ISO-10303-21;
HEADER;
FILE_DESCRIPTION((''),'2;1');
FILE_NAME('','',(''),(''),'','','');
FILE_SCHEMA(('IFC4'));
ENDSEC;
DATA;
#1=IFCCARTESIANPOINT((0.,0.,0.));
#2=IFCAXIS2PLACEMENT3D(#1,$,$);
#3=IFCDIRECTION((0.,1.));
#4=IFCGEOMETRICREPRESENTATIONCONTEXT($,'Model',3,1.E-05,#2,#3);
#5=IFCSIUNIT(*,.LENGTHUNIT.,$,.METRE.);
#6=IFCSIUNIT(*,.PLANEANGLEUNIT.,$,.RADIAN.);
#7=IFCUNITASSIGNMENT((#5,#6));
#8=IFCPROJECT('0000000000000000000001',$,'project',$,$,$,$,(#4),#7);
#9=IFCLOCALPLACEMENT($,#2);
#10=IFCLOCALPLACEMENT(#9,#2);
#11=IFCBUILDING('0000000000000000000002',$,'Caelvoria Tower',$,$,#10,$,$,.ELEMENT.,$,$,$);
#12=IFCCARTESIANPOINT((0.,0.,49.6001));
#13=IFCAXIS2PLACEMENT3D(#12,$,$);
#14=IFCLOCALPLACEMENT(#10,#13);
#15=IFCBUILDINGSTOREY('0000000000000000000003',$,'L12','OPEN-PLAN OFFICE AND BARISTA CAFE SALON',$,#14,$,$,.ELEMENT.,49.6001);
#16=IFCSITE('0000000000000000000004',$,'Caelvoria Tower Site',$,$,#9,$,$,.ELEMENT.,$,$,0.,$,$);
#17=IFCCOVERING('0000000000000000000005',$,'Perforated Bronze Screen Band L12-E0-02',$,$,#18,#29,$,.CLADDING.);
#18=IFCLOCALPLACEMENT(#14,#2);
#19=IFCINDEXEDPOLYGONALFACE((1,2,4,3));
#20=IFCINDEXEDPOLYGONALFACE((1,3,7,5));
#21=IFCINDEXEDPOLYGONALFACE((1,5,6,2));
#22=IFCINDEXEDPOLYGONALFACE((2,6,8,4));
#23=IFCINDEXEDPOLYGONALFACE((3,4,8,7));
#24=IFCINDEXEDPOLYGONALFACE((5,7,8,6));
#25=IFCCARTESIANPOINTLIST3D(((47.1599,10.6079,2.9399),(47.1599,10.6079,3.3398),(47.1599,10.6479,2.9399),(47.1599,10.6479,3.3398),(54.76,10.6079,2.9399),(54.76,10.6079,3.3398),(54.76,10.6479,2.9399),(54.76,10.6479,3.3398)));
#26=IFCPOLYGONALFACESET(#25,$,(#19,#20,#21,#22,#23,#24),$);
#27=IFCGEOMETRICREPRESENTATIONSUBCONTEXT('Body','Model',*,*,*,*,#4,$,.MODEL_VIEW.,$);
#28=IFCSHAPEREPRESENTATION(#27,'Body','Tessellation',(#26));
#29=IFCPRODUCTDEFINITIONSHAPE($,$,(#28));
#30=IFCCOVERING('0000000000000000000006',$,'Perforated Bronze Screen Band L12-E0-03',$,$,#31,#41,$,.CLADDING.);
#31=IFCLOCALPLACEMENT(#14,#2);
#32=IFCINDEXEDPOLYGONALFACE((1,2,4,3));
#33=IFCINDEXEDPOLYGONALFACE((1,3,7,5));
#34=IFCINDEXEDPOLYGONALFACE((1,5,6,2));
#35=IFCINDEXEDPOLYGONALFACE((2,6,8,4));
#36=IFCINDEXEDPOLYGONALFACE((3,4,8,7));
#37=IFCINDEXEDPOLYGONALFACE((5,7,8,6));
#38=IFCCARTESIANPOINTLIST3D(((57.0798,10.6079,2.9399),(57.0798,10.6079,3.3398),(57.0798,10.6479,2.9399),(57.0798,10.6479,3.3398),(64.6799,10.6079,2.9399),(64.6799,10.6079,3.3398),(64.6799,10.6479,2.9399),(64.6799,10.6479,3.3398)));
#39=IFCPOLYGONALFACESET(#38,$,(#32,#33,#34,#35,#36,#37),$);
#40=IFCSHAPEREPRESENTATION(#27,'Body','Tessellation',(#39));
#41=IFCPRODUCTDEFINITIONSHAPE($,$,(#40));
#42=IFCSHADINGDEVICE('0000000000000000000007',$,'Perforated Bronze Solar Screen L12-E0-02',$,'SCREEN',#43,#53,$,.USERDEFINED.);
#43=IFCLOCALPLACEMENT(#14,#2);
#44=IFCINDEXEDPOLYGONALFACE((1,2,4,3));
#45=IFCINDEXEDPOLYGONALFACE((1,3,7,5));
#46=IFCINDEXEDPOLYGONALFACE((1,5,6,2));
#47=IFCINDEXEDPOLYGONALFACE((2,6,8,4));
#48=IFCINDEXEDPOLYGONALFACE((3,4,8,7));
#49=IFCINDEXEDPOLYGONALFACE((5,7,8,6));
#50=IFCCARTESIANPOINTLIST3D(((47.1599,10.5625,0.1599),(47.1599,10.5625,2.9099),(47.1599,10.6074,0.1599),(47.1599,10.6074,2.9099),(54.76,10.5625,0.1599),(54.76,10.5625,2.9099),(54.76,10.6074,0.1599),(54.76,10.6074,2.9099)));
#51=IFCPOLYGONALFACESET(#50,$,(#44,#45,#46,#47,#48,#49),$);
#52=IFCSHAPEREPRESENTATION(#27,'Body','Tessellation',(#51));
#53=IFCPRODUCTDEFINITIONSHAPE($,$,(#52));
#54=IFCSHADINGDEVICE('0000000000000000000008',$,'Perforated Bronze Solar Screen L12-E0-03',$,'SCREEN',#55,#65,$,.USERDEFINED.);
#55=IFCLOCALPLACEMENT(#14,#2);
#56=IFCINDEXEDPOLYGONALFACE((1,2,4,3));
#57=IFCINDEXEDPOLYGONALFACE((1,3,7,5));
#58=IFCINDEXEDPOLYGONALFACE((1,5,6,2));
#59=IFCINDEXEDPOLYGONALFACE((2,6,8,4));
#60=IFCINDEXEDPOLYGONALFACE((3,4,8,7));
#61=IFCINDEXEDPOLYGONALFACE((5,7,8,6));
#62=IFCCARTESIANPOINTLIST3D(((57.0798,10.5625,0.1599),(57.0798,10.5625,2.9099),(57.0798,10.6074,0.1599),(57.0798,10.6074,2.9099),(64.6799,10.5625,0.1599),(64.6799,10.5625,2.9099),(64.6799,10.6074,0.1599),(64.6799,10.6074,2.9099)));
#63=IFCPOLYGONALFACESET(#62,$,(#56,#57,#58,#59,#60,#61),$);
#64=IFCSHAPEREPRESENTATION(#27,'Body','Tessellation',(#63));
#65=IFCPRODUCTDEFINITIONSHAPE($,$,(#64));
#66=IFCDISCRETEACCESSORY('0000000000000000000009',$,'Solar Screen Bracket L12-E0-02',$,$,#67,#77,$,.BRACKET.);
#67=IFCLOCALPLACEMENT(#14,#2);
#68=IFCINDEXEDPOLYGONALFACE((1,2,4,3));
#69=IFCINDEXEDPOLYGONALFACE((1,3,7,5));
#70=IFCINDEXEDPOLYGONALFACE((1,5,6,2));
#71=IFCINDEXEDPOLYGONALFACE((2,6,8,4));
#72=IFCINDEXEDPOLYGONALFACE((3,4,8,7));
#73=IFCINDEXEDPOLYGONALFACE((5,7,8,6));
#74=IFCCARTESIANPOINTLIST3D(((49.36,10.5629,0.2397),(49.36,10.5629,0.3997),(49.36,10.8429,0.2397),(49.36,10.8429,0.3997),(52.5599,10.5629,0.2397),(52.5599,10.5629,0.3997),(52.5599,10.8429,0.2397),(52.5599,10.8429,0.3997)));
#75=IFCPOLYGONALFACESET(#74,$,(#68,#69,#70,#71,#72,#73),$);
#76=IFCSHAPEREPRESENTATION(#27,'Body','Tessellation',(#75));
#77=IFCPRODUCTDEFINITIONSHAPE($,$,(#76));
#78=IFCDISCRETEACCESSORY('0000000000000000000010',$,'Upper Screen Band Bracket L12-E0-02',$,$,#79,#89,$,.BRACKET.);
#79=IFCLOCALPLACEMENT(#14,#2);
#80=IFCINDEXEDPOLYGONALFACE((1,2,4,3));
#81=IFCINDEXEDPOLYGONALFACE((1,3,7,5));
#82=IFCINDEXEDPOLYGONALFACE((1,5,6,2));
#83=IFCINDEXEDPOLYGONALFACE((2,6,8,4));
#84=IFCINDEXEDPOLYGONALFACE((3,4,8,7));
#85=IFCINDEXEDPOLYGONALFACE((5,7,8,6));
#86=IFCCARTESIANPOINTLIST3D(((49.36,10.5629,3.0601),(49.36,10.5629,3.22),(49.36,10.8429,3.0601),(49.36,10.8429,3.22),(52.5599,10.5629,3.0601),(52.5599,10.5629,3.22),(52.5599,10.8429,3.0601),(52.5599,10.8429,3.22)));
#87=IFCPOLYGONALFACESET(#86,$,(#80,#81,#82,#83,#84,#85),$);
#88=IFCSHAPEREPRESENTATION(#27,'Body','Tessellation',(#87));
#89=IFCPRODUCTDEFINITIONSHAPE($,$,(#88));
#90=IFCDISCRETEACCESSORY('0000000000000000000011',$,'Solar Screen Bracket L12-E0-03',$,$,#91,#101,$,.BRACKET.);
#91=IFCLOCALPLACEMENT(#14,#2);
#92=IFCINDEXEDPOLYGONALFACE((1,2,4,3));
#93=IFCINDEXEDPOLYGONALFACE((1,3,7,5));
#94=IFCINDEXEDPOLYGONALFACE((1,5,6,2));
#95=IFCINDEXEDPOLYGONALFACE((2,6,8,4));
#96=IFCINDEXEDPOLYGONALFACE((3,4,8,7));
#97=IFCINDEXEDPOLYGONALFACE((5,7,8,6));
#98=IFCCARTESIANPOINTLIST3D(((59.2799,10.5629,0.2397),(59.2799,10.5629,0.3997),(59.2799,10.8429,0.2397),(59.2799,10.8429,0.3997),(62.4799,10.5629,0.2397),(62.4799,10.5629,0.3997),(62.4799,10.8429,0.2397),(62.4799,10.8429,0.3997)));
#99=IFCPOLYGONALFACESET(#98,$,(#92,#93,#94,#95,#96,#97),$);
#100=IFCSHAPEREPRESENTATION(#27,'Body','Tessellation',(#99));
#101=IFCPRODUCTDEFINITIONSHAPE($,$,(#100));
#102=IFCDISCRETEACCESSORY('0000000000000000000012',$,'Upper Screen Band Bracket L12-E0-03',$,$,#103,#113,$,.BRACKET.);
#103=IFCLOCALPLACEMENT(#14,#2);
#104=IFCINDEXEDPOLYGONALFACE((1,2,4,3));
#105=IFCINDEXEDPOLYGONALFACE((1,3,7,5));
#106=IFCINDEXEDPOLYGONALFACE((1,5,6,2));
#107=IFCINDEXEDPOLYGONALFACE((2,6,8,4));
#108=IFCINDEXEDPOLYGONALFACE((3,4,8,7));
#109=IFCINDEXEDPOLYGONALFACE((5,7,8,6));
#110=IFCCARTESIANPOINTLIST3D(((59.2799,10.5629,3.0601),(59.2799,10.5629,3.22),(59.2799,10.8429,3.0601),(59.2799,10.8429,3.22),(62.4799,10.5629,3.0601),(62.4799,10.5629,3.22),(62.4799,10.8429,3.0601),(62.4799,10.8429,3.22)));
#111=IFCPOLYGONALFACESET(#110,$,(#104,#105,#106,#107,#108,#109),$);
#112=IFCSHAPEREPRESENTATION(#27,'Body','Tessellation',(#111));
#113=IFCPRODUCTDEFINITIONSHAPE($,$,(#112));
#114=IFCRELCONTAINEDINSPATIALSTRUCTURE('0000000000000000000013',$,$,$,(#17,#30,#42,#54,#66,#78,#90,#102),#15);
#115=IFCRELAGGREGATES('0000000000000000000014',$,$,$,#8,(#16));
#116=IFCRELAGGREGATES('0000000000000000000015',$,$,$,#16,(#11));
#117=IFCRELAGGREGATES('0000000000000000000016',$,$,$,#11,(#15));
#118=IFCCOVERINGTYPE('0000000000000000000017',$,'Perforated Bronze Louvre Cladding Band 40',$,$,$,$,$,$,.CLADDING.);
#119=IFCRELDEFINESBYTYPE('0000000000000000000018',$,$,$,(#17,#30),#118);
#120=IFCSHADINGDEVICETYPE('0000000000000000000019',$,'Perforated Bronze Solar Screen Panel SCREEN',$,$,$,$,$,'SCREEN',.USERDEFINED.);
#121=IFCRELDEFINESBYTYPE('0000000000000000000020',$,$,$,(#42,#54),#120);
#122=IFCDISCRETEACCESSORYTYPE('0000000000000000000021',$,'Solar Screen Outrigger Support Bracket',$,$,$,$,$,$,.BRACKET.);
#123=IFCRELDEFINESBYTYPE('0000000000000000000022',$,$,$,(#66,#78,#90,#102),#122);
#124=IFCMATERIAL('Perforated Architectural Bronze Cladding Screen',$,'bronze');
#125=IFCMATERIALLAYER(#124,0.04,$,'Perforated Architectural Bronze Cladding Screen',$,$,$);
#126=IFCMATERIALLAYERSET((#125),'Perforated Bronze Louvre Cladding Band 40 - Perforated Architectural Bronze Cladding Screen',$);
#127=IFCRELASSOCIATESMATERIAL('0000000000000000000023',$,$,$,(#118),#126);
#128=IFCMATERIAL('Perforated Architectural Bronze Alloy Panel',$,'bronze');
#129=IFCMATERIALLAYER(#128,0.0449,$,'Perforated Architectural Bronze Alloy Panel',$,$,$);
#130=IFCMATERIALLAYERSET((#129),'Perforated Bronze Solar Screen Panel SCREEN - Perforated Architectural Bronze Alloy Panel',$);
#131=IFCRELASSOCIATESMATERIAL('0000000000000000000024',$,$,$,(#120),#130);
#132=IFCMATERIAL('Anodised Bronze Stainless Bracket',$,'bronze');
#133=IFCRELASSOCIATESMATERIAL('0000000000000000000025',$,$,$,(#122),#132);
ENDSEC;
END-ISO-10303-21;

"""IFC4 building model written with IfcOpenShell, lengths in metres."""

from ifc_helpers import new_model, si_unit, direction, frame, origin, origin_2d, place, context, subcontext, project, spatial, rectangle, extrude, material, layer, layer_set, type_object, element, save


model = new_model("IFC4")

# Units and contexts
model_context = context("Model", 3, precision=1e-05, world=origin(), true_north=direction((0.0, 1.0)))
body_context = subcontext(model_context, "Body", "Model", "MODEL_VIEW")
ifc_project = project(units=[si_unit("LENGTHUNIT", "METRE"), si_unit("PLANEANGLEUNIT", "RADIAN")], contexts=[model_context])

# Site, building, storey
site_placement = place(None, origin())
site = spatial("IfcSite", under=ifc_project, at=site_placement, Name="Caelvoria Tower Site", CompositionType="ELEMENT", RefElevation=0.0)
building_placement = place(site_placement, origin())
building = spatial("IfcBuilding", under=site, at=building_placement, Name="Caelvoria Tower", CompositionType="ELEMENT")
storey_placement = place(building_placement, frame((0.0, 0.0, 49.6001)))
storey = spatial("IfcBuildingStorey", under=building, at=storey_placement, Name="L12", Description="OPEN-PLAN OFFICE AND BARISTA CAFE SALON", CompositionType="ELEMENT", Elevation=49.6001)

# Coverings
ifc_material_1 = material(Name="Perforated Architectural Bronze Cladding Screen", Category="bronze")
ifc_layer_1 = layer(ifc_material_1, 0.04, Name="Perforated Architectural Bronze Cladding Screen")
ifc_layer_set_1 = layer_set([ifc_layer_1], Name="Perforated Bronze Louvre Cladding Band 40 - Perforated Architectural Bronze Cladding Screen")
covering_type = type_object("IfcCoveringType", Name="Perforated Bronze Louvre Cladding Band 40", PredefinedType="CLADDING", material=ifc_layer_set_1)
for number, where, z_axis, x_axis, name in (
    (1, (50.96, 10.6279, 2.9399), (0.0, 0.0, 1.0), (1.0, 0.0, 0.0), "Perforated Bronze Screen Band L12-E0-02"),
    (2, (60.8799, 10.6279, 2.9399), (0.0, 0.0, 1.0), (1.0, 0.0, 0.0), "Perforated Bronze Screen Band L12-E0-03"),
):
    element("IfcCovering", number, at=place(storey_placement, frame(where, z_axis=z_axis, x_axis=x_axis)), inside=storey, type_object=covering_type, Name=name, PredefinedType="CLADDING", context=body_context, shape_type="SweptSolid", body=[
        extrude(rectangle(XDim=7.6001, YDim=0.04, at=origin_2d()), origin(), (0.0, 0.0, 1.0), 0.3999),
    ])

# Shading devices
ifc_material_2 = material(Name="Perforated Architectural Bronze Alloy Panel", Category="bronze")
ifc_layer_2 = layer(ifc_material_2, 0.0449, Name="Perforated Architectural Bronze Alloy Panel")
ifc_layer_set_2 = layer_set([ifc_layer_2], Name="Perforated Bronze Solar Screen Panel SCREEN - Perforated Architectural Bronze Alloy Panel")
shading_device_type = type_object("IfcShadingDeviceType", Name="Perforated Bronze Solar Screen Panel SCREEN", ElementType="SCREEN", PredefinedType="USERDEFINED", material=ifc_layer_set_2)
for number, where, z_axis, x_axis, name in (
    (3, (50.96, 10.585, 0.1599), (0.0, 0.0, 1.0), (1.0, 0.0, 0.0), "Perforated Bronze Solar Screen L12-E0-02"),
    (4, (60.8799, 10.585, 0.1599), (0.0, 0.0, 1.0), (1.0, 0.0, 0.0), "Perforated Bronze Solar Screen L12-E0-03"),
):
    element("IfcShadingDevice", number, at=place(storey_placement, frame(where, z_axis=z_axis, x_axis=x_axis)), inside=storey, type_object=shading_device_type, Name=name, ObjectType="SCREEN", PredefinedType="USERDEFINED", context=body_context, shape_type="SweptSolid", body=[
        extrude(rectangle(XDim=7.6001, YDim=0.0449, at=origin_2d()), origin(), (0.0, 0.0, 1.0), 2.75),
    ])

# Discrete accessories
ifc_material_3 = material(Name="Anodised Bronze Stainless Bracket", Category="bronze")
discrete_accessory_type = type_object("IfcDiscreteAccessoryType", Name="Solar Screen Outrigger Support Bracket", PredefinedType="BRACKET", material=ifc_material_3)
for number, where, z_axis, x_axis, name in (
    (5, (50.96, 10.7029, 0.2397), (0.0, 0.0, 1.0), (1.0, 0.0, 0.0), "Solar Screen Bracket L12-E0-02"),
    (6, (50.96, 10.7029, 3.0601), (0.0, 0.0, 1.0), (1.0, 0.0, 0.0), "Upper Screen Band Bracket L12-E0-02"),
    (7, (60.8799, 10.7029, 0.2397), (0.0, 0.0, 1.0), (1.0, 0.0, 0.0), "Solar Screen Bracket L12-E0-03"),
    (8, (60.8799, 10.7029, 3.0601), (0.0, 0.0, 1.0), (1.0, 0.0, 0.0), "Upper Screen Band Bracket L12-E0-03"),
):
    element("IfcDiscreteAccessory", number, at=place(storey_placement, frame(where, z_axis=z_axis, x_axis=x_axis)), inside=storey, type_object=discrete_accessory_type, Name=name, PredefinedType="BRACKET", context=body_context, shape_type="SweptSolid", body=[
        extrude(rectangle(XDim=3.2, YDim=0.28, at=origin_2d()), origin(), (0.0, 0.0, 1.0), 0.1599),
    ])

save(model, "model.ifc")
